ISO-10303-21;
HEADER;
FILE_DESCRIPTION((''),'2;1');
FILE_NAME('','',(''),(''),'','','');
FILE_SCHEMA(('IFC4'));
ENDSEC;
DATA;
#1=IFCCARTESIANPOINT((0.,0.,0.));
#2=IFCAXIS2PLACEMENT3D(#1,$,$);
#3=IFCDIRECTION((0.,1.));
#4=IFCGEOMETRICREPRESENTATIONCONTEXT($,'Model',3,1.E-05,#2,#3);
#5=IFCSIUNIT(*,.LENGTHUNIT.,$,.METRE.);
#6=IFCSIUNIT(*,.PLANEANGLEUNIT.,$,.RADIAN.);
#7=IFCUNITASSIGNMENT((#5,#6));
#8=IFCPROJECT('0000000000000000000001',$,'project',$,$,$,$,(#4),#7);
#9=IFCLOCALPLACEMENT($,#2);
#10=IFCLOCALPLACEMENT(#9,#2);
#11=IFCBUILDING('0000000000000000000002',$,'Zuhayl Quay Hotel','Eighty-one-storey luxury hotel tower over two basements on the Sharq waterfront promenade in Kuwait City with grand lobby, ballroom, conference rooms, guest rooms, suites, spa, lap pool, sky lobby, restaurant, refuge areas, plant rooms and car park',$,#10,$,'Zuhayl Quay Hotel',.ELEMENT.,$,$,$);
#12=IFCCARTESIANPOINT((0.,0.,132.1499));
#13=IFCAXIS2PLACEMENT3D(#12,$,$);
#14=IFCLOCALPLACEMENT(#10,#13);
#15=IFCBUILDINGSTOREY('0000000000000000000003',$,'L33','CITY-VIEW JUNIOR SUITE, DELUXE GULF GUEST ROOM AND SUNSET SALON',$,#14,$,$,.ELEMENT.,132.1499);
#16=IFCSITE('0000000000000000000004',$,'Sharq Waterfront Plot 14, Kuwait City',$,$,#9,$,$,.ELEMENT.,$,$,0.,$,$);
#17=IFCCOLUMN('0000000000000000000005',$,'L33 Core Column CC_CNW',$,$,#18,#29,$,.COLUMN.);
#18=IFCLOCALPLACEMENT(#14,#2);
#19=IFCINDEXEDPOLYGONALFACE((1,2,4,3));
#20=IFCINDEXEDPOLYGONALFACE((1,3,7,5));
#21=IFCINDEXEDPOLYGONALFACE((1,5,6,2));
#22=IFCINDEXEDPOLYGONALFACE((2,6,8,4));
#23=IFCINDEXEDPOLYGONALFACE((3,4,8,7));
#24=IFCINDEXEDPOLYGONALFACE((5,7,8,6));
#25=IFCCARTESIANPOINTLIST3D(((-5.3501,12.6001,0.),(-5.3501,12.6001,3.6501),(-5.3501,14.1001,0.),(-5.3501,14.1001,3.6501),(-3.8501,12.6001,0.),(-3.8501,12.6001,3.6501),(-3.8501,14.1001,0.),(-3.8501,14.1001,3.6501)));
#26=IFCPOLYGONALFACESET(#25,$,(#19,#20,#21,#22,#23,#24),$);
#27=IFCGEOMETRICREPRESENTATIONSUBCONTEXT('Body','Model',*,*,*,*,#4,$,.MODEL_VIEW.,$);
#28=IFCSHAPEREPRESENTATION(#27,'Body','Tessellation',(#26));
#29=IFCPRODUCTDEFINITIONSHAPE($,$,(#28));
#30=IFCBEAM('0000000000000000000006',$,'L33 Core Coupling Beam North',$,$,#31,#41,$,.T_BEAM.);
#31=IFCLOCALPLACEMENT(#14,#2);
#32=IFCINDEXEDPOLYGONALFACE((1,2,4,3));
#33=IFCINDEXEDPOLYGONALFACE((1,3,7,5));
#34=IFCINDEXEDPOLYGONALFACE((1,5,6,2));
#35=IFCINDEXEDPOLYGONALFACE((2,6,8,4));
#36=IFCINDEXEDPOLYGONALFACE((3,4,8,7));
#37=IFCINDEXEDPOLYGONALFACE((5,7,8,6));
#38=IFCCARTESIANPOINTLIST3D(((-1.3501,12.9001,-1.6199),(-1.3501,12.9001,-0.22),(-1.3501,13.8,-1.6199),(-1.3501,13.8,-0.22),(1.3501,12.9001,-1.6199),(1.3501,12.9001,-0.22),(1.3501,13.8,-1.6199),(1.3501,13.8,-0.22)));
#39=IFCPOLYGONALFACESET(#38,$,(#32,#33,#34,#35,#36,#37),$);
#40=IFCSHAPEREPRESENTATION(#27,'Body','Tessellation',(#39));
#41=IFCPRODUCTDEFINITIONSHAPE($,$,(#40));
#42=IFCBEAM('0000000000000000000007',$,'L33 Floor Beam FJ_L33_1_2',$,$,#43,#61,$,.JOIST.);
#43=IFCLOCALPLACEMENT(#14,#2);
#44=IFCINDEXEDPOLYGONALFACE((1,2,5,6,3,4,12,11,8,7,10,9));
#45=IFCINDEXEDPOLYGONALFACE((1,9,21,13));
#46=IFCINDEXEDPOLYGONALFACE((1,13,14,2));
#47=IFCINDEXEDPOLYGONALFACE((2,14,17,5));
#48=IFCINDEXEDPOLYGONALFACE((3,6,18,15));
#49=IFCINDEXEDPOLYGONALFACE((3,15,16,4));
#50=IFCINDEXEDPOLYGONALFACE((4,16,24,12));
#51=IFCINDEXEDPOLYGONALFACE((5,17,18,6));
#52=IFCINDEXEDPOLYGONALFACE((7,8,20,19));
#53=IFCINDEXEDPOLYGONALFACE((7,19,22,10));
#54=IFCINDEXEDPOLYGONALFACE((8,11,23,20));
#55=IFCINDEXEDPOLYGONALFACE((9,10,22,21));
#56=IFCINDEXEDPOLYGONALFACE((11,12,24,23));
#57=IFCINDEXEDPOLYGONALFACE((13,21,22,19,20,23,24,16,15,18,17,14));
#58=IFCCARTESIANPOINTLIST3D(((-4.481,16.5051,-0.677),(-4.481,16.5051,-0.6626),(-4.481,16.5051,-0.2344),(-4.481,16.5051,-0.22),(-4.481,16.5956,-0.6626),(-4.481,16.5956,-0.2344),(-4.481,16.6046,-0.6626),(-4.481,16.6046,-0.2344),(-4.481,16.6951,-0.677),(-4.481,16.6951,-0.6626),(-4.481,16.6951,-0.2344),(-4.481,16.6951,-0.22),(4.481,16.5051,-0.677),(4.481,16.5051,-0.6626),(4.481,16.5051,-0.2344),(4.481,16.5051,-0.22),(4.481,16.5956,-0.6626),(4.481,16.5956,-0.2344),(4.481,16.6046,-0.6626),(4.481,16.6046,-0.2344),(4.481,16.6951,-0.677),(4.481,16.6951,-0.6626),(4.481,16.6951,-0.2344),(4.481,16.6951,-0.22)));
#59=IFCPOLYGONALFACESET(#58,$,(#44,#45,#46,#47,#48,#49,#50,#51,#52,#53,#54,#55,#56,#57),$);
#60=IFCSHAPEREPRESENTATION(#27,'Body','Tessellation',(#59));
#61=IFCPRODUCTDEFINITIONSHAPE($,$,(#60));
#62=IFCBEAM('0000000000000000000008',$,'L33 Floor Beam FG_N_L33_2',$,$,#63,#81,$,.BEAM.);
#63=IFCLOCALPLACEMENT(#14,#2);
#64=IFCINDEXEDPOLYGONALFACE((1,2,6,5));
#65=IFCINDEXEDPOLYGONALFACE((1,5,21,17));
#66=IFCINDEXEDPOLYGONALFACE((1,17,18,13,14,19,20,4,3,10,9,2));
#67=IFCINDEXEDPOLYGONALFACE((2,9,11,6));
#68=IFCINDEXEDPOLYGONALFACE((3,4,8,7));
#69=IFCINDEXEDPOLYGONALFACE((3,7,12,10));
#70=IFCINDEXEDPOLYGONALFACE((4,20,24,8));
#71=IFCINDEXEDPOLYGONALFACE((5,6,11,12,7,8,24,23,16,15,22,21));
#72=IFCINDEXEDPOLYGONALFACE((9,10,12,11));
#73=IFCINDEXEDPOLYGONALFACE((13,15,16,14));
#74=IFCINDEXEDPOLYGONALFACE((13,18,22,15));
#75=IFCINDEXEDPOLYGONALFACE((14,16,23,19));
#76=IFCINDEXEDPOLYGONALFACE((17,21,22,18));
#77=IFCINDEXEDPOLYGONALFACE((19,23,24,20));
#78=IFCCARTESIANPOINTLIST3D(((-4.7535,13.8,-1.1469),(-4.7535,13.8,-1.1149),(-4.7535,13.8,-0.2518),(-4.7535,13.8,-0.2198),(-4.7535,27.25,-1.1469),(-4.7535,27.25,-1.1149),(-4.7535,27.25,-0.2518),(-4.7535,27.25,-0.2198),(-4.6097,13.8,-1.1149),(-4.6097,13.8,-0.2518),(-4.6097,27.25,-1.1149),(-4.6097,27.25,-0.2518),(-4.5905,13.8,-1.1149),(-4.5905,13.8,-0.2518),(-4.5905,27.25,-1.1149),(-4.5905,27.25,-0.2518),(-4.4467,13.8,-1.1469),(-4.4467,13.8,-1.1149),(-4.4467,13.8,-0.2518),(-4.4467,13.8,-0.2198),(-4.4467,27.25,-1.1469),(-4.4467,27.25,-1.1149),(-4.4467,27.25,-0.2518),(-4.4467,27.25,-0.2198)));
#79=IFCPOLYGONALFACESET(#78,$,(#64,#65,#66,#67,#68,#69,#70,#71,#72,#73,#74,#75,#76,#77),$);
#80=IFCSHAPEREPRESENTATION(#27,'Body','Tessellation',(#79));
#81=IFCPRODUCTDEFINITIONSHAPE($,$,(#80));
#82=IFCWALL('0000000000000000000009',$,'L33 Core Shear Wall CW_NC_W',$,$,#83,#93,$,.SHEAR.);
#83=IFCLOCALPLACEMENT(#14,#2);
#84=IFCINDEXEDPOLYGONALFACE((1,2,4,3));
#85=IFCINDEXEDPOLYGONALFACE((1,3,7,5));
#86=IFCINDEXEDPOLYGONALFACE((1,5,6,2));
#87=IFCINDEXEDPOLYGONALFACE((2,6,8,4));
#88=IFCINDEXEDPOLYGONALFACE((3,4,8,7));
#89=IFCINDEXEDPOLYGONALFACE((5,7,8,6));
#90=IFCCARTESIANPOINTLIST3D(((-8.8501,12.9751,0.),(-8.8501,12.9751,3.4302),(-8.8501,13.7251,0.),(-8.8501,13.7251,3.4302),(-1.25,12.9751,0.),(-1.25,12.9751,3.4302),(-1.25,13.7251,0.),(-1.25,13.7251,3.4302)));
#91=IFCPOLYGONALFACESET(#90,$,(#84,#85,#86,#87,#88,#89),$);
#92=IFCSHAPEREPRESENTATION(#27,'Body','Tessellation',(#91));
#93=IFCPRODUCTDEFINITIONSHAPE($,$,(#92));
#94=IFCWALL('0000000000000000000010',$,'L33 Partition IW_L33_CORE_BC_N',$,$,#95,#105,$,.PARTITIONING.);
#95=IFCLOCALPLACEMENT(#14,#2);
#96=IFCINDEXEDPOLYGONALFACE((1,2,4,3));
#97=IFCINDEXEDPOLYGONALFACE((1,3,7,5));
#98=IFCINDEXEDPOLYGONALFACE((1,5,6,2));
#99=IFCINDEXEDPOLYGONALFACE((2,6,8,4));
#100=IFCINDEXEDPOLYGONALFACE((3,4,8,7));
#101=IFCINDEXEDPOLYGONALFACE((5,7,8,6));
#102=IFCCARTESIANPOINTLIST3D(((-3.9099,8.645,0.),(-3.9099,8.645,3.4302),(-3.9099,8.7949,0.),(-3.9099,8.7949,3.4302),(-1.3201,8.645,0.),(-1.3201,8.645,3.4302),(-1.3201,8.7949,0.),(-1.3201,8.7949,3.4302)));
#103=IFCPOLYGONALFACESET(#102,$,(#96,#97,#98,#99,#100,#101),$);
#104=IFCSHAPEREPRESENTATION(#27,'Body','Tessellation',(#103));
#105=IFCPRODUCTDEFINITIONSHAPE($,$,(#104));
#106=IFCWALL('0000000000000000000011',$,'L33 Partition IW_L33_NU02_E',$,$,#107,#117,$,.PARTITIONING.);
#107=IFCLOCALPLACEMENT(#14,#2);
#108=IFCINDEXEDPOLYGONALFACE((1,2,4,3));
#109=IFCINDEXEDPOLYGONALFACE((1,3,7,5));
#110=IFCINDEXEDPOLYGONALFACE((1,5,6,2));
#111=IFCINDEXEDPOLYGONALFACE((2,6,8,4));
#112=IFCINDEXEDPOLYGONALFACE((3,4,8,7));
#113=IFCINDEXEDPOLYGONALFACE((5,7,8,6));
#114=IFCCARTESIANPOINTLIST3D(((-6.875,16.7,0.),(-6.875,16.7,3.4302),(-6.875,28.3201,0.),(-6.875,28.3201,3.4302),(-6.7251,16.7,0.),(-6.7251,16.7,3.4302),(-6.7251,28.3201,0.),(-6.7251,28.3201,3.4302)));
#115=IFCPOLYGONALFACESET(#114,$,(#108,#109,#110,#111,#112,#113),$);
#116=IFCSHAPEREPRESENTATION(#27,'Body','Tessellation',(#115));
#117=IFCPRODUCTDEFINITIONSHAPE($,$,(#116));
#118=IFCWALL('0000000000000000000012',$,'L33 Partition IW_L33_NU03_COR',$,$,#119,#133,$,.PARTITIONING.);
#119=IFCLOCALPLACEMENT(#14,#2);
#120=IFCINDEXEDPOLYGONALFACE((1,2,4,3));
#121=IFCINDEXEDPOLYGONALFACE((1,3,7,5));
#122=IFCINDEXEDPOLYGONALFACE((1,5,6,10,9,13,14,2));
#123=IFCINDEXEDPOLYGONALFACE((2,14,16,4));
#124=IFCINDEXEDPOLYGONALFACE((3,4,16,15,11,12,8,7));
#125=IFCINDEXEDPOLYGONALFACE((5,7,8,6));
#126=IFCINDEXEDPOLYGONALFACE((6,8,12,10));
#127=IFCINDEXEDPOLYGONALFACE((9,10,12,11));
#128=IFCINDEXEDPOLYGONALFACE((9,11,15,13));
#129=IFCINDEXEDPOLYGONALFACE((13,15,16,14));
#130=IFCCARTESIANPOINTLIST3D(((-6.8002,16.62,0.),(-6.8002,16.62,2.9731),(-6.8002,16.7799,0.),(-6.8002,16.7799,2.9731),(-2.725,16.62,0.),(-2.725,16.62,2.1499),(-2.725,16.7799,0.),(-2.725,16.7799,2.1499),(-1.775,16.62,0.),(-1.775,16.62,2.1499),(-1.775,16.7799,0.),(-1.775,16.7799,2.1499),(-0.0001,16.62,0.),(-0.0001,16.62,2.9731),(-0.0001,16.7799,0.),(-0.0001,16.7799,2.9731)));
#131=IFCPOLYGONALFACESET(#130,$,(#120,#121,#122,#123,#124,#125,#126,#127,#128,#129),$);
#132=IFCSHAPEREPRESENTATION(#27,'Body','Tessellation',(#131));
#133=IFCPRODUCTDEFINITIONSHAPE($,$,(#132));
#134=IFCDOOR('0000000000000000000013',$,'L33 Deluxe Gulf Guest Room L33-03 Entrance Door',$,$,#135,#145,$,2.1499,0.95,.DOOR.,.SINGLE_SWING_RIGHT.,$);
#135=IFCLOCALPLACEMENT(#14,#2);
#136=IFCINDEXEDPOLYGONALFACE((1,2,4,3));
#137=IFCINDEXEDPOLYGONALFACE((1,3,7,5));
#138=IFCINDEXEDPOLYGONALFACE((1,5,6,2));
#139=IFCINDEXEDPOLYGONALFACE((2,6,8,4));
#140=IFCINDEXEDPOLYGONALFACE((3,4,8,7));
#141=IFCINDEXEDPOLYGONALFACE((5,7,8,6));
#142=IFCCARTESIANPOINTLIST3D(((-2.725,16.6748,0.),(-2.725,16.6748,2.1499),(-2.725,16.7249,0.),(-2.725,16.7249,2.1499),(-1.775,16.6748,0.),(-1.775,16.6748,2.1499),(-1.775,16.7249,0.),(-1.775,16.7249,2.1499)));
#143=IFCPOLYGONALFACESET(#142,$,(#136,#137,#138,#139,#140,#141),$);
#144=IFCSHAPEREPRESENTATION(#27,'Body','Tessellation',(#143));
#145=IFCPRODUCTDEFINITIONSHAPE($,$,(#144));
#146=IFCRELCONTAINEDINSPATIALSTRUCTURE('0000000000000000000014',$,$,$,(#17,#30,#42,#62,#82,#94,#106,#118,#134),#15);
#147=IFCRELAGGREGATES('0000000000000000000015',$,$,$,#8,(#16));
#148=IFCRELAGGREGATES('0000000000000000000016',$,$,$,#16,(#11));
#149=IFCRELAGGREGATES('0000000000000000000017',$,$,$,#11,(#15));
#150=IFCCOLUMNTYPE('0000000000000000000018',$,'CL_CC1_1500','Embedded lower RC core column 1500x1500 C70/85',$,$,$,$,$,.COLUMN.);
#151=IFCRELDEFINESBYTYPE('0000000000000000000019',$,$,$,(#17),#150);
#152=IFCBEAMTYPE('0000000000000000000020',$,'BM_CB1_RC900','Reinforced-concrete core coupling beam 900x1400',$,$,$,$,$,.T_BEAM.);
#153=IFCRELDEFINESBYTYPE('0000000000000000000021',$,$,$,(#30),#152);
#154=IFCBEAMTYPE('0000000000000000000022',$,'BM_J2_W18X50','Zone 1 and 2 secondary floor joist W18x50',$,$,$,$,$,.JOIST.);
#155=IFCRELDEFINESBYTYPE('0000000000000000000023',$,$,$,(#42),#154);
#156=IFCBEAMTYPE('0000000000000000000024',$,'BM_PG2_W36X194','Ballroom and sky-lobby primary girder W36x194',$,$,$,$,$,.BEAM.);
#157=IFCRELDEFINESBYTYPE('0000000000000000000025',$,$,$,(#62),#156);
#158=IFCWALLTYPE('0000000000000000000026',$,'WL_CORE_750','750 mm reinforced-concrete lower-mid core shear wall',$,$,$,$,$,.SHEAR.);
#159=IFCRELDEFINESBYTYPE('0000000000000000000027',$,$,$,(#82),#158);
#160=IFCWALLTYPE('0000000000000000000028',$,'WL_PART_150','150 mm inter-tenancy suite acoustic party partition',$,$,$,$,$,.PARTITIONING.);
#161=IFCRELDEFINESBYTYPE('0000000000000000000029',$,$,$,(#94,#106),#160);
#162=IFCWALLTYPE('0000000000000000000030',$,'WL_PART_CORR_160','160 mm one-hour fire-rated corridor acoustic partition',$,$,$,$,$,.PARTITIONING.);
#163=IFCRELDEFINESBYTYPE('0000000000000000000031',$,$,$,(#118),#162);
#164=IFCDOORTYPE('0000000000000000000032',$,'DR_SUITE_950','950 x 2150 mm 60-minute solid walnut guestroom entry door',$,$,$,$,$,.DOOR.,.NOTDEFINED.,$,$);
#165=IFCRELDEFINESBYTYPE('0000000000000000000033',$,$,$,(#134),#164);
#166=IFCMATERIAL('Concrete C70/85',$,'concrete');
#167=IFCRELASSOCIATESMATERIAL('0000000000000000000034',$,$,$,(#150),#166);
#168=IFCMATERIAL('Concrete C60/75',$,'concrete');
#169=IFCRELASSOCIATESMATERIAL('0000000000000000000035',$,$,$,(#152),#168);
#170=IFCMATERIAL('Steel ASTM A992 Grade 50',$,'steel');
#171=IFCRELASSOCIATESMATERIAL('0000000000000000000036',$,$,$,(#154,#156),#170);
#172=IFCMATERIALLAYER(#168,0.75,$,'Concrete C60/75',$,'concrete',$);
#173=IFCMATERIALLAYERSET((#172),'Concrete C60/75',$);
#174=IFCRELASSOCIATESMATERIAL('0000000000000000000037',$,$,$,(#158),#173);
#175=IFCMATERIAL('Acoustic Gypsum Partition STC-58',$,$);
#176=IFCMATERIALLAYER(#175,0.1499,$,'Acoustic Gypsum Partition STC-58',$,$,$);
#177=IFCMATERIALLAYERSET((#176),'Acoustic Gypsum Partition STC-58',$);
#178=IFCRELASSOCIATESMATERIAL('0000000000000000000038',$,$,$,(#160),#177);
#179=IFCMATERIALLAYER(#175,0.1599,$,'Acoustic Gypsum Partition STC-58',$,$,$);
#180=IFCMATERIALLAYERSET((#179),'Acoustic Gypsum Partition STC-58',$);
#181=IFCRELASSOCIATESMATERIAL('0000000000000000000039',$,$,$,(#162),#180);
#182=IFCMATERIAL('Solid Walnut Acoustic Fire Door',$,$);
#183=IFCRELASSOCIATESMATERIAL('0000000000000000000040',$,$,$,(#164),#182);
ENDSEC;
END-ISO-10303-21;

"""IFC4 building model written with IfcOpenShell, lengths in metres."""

from ifc_helpers import new_model, si_unit, direction, frame, frame_2d, origin, origin_2d, place, context, subcontext, project, spatial, rectangle, i_section, extrude, material, layer, layer_set, material_profile, profile_set, type_object, element, fill, save


model = new_model("IFC4")

# Units and contexts
model_context = context("Model", 3, precision=1e-05, world=origin(), true_north=direction((0.0, 1.0)))
body_context = subcontext(model_context, "Body", "Model", "MODEL_VIEW")
ifc_project = project(units=[si_unit("LENGTHUNIT", "METRE"), si_unit("PLANEANGLEUNIT", "RADIAN")], contexts=[model_context])

# Site, building, storey
site_placement = place(None, origin())
site = spatial("IfcSite", under=ifc_project, at=site_placement, Name="Sharq Waterfront Plot 14, Kuwait City", CompositionType="ELEMENT", RefElevation=0.0)
building_placement = place(site_placement, origin())
building = spatial("IfcBuilding", under=site, at=building_placement, Name="Zuhayl Quay Hotel", Description="Eighty-one-storey luxury hotel tower over two basements on the Sharq waterfront promenade in Kuwait City with grand lobby, ballroom, conference rooms, guest rooms, suites, spa, lap pool, sky lobby, restaurant, refuge areas, plant rooms and car park", LongName="Zuhayl Quay Hotel", CompositionType="ELEMENT")
storey_placement = place(building_placement, frame((0.0, 0.0, 132.1499)))
storey = spatial("IfcBuildingStorey", under=building, at=storey_placement, Name="L33", Description="CITY-VIEW JUNIOR SUITE, DELUXE GULF GUEST ROOM AND SUNSET SALON", CompositionType="ELEMENT", Elevation=132.1499)

# Column
ifc_material_1 = material(Name="Concrete C70/85", Category="concrete")
ifc_material_profile_1 = material_profile(ifc_material_1, rectangle(XDim=1.5, YDim=1.5, at=origin_2d()), Name="RC1500X1500")
ifc_profile_set_1 = profile_set([ifc_material_profile_1], Name="Concrete C70/85")
column_type = type_object("IfcColumnType", Name="CL_CC1_1500", Description="Embedded lower RC core column 1500x1500 C70/85", PredefinedType="COLUMN", material=ifc_profile_set_1)
column_placement = place(storey_placement, frame((-4.6001, 13.3501, 0.0), z_axis=(0.0, 0.0, 1.0), x_axis=(1.0, 0.0, 0.0)))
element("IfcColumn", 1, at=column_placement, inside=storey, type_object=column_type, Name="L33 Core Column CC_CNW", PredefinedType="COLUMN", context=body_context, shape_type="SweptSolid", body=[
    extrude(rectangle(XDim=1.5, YDim=1.5, at=origin_2d()), origin(), (0.0, 0.0, 1.0), 3.6501),
])

# Beams
ifc_material_2 = material(Name="Concrete C60/75", Category="concrete")
ifc_material_profile_2 = material_profile(ifc_material_2, rectangle(XDim=0.8999, YDim=1.3999, at=origin_2d()), Name="RC900X1400")
ifc_profile_set_2 = profile_set([ifc_material_profile_2], Name="Concrete C60/75")
beam_type_1 = type_object("IfcBeamType", Name="BM_CB1_RC900", Description="Reinforced-concrete core coupling beam 900x1400", PredefinedType="T_BEAM", material=ifc_profile_set_2)
beam_1_placement = place(storey_placement, frame((-1.3501, 13.3501, -0.9199), z_axis=(1.0, 0.0, 0.0), x_axis=(0.0, 1.0, 0.0)))
element("IfcBeam", 2, at=beam_1_placement, inside=storey, type_object=beam_type_1, Name="L33 Core Coupling Beam North", PredefinedType="T_BEAM", context=body_context, shape_type="SweptSolid", body=[
    extrude(rectangle(XDim=0.8999, YDim=1.3999, at=origin_2d()), origin(), (0.0, 0.0, 1.0), 2.7002),
])
ifc_material_3 = material(Name="Steel ASTM A992 Grade 50", Category="steel")
ifc_material_profile_3 = material_profile(ifc_material_3, i_section(OverallWidth=0.1899, OverallDepth=0.457, WebThickness=0.009, FlangeThickness=0.0144, at=origin_2d()), Name="W18X50")
ifc_profile_set_3 = profile_set([ifc_material_profile_3], Name="Steel ASTM A992 Grade 50")
beam_type_2 = type_object("IfcBeamType", Name="BM_J2_W18X50", Description="Zone 1 and 2 secondary floor joist W18x50", PredefinedType="JOIST", material=ifc_profile_set_3)
beam_2_placement = place(storey_placement, frame((-4.481, 16.6001, -0.4485), z_axis=(1.0, 0.0, 0.0), x_axis=(0.0, 1.0, 0.0)))
element("IfcBeam", 3, at=beam_2_placement, inside=storey, type_object=beam_type_2, Name="L33 Floor Beam FJ_L33_1_2", PredefinedType="JOIST", context=body_context, shape_type="SweptSolid", body=[
    extrude(i_section(OverallWidth=0.1899, OverallDepth=0.457, WebThickness=0.009, FlangeThickness=0.0144, at=origin_2d()), origin(), (0.0, 0.0, 1.0), 8.9619),
])
ifc_material_profile_4 = material_profile(ifc_material_3, i_section(OverallWidth=0.3069, OverallDepth=0.927, WebThickness=0.0193, FlangeThickness=0.032, at=origin_2d()), Name="W36X194")
ifc_profile_set_4 = profile_set([ifc_material_profile_4], Name="Steel ASTM A992 Grade 50")
beam_type_3 = type_object("IfcBeamType", Name="BM_PG2_W36X194", Description="Ballroom and sky-lobby primary girder W36x194", PredefinedType="BEAM", material=ifc_profile_set_4)
beam_3_placement = place(storey_placement, frame((-4.6001, 13.8, -0.6833), z_axis=(0.0, 1.0, 0.0), x_axis=(-1.0, 0.0, 0.0)))
element("IfcBeam", 4, at=beam_3_placement, inside=storey, type_object=beam_type_3, Name="L33 Floor Beam FG_N_L33_2", PredefinedType="BEAM", context=body_context, shape_type="SweptSolid", body=[
    extrude(i_section(OverallWidth=0.3069, OverallDepth=0.927, WebThickness=0.0193, FlangeThickness=0.032, at=origin_2d()), origin(), (0.0, 0.0, 1.0), 13.45),
])

# Wall
ifc_layer_1 = layer(ifc_material_2, 0.75, Name="Concrete C60/75", Category="concrete")
ifc_layer_set_1 = layer_set([ifc_layer_1], Name="Concrete C60/75")
wall_type_1 = type_object("IfcWallType", Name="WL_CORE_750", Description="750 mm reinforced-concrete lower-mid core shear wall", PredefinedType="SHEAR", material=ifc_layer_set_1)
wall_1_placement = place(storey_placement, frame((-8.8501, 13.3501, 0.0), z_axis=(0.0, 0.0, 1.0), x_axis=(1.0, 0.0, 0.0)))
element("IfcWall", 5, at=wall_1_placement, inside=storey, type_object=wall_type_1, Name="L33 Core Shear Wall CW_NC_W", PredefinedType="SHEAR", context=body_context, shape_type="SweptSolid", body=[
    extrude(rectangle(XDim=7.6001, YDim=0.75, at=frame_2d((3.8, 0.0))), origin(), (0.0, 0.0, 1.0), 3.4302),
])

# Shared definitions
ifc_material_4 = material(Name="Acoustic Gypsum Partition STC-58")
ifc_layer_2 = layer(ifc_material_4, 0.1499, Name="Acoustic Gypsum Partition STC-58")
ifc_layer_set_2 = layer_set([ifc_layer_2], Name="Acoustic Gypsum Partition STC-58")
wall_type_2 = type_object("IfcWallType", Name="WL_PART_150", Description="150 mm inter-tenancy suite acoustic party partition", PredefinedType="PARTITIONING", material=ifc_layer_set_2)

# Walls
wall_2_placement = place(storey_placement, frame((-3.9099, 8.72, 0.0), z_axis=(0.0, 0.0, 1.0), x_axis=(1.0, 0.0, 0.0)))
element("IfcWall", 6, at=wall_2_placement, inside=storey, type_object=wall_type_2, Name="L33 Partition IW_L33_CORE_BC_N", PredefinedType="PARTITIONING", context=body_context, shape_type="SweptSolid", body=[
    extrude(rectangle(XDim=2.5898, YDim=0.1499, at=frame_2d((1.2949, 0.0))), origin(), (0.0, 0.0, 1.0), 3.4302),
])
wall_3_placement = place(storey_placement, frame((-6.8, 16.7, 0.0), z_axis=(0.0, 0.0, 1.0), x_axis=(0.0, 1.0, 0.0)))
element("IfcWall", 7, at=wall_3_placement, inside=storey, type_object=wall_type_2, Name="L33 Partition IW_L33_NU02_E", PredefinedType="PARTITIONING", context=body_context, shape_type="SweptSolid", body=[
    extrude(rectangle(XDim=11.6201, YDim=0.1499, at=frame_2d((5.8101, 0.0))), origin(), (0.0, 0.0, 1.0), 3.4302),
])

# Wall, opening, door
ifc_layer_3 = layer(ifc_material_4, 0.1599, Name="Acoustic Gypsum Partition STC-58")
ifc_layer_set_3 = layer_set([ifc_layer_3], Name="Acoustic Gypsum Partition STC-58")
wall_type_3 = type_object("IfcWallType", Name="WL_PART_CORR_160", Description="160 mm one-hour fire-rated corridor acoustic partition", PredefinedType="PARTITIONING", material=ifc_layer_set_3)
wall_4_placement = place(storey_placement, frame((-6.8, 16.7, 0.0), z_axis=(0.0, 0.0, 1.0), x_axis=(1.0, 0.0, 0.0)))
wall_4 = element("IfcWall", 8, at=wall_4_placement, inside=storey, type_object=wall_type_3, Name="L33 Partition IW_L33_NU03_COR", PredefinedType="PARTITIONING", context=body_context, shape_type="SweptSolid", body=[
    extrude(rectangle(XDim=6.8, YDim=0.1599, at=frame_2d((3.3999, 0.0))), origin(), (0.0, 0.0, 1.0), 2.9731),
])
opening_1_placement = place(wall_4_placement, frame((4.075, 0.0, 0.0)))
opening_1 = element("IfcOpeningElement", 9, at=opening_1_placement, cuts=wall_4, PredefinedType="OPENING", context=body_context, shape_type="SweptSolid", body=[
    extrude(rectangle(XDim=0.95, YDim=2.1499, at=frame_2d((0.4751, 1.075))), frame((0.0, 0.0898, 0.0), z_axis=(0.0, -1.0, 0.0), x_axis=(1.0, 0.0, 0.0)), (0.0, 0.0, 1.0), 0.1799),
])
ifc_material_5 = material(Name="Solid Walnut Acoustic Fire Door")
door_type_1 = type_object("IfcDoorType", Name="DR_SUITE_950", Description="950 x 2150 mm 60-minute solid walnut guestroom entry door", OperationType="NOTDEFINED", PredefinedType="DOOR", material=ifc_material_5)
door_1_placement = place(opening_1_placement, origin())
door_1 = element("IfcDoor", 10, at=door_1_placement, inside=storey, type_object=door_type_1, Name="L33 Deluxe Gulf Guest Room L33-03 Entrance Door", OperationType="SINGLE_SWING_RIGHT", OverallHeight=2.1499, OverallWidth=0.95, PredefinedType="DOOR", context=body_context, shape_type="SweptSolid", body=[
    extrude(rectangle(XDim=0.95, YDim=2.1499, at=frame_2d((0.4751, 1.075))), frame((0.0, 0.0249, 0.0), z_axis=(0.0, -1.0, 0.0), x_axis=(1.0, 0.0, 0.0)), (0.0, 0.0, 1.0), 0.05),
])
fill(opening_1, door_1)

save(model, "model.ifc")
